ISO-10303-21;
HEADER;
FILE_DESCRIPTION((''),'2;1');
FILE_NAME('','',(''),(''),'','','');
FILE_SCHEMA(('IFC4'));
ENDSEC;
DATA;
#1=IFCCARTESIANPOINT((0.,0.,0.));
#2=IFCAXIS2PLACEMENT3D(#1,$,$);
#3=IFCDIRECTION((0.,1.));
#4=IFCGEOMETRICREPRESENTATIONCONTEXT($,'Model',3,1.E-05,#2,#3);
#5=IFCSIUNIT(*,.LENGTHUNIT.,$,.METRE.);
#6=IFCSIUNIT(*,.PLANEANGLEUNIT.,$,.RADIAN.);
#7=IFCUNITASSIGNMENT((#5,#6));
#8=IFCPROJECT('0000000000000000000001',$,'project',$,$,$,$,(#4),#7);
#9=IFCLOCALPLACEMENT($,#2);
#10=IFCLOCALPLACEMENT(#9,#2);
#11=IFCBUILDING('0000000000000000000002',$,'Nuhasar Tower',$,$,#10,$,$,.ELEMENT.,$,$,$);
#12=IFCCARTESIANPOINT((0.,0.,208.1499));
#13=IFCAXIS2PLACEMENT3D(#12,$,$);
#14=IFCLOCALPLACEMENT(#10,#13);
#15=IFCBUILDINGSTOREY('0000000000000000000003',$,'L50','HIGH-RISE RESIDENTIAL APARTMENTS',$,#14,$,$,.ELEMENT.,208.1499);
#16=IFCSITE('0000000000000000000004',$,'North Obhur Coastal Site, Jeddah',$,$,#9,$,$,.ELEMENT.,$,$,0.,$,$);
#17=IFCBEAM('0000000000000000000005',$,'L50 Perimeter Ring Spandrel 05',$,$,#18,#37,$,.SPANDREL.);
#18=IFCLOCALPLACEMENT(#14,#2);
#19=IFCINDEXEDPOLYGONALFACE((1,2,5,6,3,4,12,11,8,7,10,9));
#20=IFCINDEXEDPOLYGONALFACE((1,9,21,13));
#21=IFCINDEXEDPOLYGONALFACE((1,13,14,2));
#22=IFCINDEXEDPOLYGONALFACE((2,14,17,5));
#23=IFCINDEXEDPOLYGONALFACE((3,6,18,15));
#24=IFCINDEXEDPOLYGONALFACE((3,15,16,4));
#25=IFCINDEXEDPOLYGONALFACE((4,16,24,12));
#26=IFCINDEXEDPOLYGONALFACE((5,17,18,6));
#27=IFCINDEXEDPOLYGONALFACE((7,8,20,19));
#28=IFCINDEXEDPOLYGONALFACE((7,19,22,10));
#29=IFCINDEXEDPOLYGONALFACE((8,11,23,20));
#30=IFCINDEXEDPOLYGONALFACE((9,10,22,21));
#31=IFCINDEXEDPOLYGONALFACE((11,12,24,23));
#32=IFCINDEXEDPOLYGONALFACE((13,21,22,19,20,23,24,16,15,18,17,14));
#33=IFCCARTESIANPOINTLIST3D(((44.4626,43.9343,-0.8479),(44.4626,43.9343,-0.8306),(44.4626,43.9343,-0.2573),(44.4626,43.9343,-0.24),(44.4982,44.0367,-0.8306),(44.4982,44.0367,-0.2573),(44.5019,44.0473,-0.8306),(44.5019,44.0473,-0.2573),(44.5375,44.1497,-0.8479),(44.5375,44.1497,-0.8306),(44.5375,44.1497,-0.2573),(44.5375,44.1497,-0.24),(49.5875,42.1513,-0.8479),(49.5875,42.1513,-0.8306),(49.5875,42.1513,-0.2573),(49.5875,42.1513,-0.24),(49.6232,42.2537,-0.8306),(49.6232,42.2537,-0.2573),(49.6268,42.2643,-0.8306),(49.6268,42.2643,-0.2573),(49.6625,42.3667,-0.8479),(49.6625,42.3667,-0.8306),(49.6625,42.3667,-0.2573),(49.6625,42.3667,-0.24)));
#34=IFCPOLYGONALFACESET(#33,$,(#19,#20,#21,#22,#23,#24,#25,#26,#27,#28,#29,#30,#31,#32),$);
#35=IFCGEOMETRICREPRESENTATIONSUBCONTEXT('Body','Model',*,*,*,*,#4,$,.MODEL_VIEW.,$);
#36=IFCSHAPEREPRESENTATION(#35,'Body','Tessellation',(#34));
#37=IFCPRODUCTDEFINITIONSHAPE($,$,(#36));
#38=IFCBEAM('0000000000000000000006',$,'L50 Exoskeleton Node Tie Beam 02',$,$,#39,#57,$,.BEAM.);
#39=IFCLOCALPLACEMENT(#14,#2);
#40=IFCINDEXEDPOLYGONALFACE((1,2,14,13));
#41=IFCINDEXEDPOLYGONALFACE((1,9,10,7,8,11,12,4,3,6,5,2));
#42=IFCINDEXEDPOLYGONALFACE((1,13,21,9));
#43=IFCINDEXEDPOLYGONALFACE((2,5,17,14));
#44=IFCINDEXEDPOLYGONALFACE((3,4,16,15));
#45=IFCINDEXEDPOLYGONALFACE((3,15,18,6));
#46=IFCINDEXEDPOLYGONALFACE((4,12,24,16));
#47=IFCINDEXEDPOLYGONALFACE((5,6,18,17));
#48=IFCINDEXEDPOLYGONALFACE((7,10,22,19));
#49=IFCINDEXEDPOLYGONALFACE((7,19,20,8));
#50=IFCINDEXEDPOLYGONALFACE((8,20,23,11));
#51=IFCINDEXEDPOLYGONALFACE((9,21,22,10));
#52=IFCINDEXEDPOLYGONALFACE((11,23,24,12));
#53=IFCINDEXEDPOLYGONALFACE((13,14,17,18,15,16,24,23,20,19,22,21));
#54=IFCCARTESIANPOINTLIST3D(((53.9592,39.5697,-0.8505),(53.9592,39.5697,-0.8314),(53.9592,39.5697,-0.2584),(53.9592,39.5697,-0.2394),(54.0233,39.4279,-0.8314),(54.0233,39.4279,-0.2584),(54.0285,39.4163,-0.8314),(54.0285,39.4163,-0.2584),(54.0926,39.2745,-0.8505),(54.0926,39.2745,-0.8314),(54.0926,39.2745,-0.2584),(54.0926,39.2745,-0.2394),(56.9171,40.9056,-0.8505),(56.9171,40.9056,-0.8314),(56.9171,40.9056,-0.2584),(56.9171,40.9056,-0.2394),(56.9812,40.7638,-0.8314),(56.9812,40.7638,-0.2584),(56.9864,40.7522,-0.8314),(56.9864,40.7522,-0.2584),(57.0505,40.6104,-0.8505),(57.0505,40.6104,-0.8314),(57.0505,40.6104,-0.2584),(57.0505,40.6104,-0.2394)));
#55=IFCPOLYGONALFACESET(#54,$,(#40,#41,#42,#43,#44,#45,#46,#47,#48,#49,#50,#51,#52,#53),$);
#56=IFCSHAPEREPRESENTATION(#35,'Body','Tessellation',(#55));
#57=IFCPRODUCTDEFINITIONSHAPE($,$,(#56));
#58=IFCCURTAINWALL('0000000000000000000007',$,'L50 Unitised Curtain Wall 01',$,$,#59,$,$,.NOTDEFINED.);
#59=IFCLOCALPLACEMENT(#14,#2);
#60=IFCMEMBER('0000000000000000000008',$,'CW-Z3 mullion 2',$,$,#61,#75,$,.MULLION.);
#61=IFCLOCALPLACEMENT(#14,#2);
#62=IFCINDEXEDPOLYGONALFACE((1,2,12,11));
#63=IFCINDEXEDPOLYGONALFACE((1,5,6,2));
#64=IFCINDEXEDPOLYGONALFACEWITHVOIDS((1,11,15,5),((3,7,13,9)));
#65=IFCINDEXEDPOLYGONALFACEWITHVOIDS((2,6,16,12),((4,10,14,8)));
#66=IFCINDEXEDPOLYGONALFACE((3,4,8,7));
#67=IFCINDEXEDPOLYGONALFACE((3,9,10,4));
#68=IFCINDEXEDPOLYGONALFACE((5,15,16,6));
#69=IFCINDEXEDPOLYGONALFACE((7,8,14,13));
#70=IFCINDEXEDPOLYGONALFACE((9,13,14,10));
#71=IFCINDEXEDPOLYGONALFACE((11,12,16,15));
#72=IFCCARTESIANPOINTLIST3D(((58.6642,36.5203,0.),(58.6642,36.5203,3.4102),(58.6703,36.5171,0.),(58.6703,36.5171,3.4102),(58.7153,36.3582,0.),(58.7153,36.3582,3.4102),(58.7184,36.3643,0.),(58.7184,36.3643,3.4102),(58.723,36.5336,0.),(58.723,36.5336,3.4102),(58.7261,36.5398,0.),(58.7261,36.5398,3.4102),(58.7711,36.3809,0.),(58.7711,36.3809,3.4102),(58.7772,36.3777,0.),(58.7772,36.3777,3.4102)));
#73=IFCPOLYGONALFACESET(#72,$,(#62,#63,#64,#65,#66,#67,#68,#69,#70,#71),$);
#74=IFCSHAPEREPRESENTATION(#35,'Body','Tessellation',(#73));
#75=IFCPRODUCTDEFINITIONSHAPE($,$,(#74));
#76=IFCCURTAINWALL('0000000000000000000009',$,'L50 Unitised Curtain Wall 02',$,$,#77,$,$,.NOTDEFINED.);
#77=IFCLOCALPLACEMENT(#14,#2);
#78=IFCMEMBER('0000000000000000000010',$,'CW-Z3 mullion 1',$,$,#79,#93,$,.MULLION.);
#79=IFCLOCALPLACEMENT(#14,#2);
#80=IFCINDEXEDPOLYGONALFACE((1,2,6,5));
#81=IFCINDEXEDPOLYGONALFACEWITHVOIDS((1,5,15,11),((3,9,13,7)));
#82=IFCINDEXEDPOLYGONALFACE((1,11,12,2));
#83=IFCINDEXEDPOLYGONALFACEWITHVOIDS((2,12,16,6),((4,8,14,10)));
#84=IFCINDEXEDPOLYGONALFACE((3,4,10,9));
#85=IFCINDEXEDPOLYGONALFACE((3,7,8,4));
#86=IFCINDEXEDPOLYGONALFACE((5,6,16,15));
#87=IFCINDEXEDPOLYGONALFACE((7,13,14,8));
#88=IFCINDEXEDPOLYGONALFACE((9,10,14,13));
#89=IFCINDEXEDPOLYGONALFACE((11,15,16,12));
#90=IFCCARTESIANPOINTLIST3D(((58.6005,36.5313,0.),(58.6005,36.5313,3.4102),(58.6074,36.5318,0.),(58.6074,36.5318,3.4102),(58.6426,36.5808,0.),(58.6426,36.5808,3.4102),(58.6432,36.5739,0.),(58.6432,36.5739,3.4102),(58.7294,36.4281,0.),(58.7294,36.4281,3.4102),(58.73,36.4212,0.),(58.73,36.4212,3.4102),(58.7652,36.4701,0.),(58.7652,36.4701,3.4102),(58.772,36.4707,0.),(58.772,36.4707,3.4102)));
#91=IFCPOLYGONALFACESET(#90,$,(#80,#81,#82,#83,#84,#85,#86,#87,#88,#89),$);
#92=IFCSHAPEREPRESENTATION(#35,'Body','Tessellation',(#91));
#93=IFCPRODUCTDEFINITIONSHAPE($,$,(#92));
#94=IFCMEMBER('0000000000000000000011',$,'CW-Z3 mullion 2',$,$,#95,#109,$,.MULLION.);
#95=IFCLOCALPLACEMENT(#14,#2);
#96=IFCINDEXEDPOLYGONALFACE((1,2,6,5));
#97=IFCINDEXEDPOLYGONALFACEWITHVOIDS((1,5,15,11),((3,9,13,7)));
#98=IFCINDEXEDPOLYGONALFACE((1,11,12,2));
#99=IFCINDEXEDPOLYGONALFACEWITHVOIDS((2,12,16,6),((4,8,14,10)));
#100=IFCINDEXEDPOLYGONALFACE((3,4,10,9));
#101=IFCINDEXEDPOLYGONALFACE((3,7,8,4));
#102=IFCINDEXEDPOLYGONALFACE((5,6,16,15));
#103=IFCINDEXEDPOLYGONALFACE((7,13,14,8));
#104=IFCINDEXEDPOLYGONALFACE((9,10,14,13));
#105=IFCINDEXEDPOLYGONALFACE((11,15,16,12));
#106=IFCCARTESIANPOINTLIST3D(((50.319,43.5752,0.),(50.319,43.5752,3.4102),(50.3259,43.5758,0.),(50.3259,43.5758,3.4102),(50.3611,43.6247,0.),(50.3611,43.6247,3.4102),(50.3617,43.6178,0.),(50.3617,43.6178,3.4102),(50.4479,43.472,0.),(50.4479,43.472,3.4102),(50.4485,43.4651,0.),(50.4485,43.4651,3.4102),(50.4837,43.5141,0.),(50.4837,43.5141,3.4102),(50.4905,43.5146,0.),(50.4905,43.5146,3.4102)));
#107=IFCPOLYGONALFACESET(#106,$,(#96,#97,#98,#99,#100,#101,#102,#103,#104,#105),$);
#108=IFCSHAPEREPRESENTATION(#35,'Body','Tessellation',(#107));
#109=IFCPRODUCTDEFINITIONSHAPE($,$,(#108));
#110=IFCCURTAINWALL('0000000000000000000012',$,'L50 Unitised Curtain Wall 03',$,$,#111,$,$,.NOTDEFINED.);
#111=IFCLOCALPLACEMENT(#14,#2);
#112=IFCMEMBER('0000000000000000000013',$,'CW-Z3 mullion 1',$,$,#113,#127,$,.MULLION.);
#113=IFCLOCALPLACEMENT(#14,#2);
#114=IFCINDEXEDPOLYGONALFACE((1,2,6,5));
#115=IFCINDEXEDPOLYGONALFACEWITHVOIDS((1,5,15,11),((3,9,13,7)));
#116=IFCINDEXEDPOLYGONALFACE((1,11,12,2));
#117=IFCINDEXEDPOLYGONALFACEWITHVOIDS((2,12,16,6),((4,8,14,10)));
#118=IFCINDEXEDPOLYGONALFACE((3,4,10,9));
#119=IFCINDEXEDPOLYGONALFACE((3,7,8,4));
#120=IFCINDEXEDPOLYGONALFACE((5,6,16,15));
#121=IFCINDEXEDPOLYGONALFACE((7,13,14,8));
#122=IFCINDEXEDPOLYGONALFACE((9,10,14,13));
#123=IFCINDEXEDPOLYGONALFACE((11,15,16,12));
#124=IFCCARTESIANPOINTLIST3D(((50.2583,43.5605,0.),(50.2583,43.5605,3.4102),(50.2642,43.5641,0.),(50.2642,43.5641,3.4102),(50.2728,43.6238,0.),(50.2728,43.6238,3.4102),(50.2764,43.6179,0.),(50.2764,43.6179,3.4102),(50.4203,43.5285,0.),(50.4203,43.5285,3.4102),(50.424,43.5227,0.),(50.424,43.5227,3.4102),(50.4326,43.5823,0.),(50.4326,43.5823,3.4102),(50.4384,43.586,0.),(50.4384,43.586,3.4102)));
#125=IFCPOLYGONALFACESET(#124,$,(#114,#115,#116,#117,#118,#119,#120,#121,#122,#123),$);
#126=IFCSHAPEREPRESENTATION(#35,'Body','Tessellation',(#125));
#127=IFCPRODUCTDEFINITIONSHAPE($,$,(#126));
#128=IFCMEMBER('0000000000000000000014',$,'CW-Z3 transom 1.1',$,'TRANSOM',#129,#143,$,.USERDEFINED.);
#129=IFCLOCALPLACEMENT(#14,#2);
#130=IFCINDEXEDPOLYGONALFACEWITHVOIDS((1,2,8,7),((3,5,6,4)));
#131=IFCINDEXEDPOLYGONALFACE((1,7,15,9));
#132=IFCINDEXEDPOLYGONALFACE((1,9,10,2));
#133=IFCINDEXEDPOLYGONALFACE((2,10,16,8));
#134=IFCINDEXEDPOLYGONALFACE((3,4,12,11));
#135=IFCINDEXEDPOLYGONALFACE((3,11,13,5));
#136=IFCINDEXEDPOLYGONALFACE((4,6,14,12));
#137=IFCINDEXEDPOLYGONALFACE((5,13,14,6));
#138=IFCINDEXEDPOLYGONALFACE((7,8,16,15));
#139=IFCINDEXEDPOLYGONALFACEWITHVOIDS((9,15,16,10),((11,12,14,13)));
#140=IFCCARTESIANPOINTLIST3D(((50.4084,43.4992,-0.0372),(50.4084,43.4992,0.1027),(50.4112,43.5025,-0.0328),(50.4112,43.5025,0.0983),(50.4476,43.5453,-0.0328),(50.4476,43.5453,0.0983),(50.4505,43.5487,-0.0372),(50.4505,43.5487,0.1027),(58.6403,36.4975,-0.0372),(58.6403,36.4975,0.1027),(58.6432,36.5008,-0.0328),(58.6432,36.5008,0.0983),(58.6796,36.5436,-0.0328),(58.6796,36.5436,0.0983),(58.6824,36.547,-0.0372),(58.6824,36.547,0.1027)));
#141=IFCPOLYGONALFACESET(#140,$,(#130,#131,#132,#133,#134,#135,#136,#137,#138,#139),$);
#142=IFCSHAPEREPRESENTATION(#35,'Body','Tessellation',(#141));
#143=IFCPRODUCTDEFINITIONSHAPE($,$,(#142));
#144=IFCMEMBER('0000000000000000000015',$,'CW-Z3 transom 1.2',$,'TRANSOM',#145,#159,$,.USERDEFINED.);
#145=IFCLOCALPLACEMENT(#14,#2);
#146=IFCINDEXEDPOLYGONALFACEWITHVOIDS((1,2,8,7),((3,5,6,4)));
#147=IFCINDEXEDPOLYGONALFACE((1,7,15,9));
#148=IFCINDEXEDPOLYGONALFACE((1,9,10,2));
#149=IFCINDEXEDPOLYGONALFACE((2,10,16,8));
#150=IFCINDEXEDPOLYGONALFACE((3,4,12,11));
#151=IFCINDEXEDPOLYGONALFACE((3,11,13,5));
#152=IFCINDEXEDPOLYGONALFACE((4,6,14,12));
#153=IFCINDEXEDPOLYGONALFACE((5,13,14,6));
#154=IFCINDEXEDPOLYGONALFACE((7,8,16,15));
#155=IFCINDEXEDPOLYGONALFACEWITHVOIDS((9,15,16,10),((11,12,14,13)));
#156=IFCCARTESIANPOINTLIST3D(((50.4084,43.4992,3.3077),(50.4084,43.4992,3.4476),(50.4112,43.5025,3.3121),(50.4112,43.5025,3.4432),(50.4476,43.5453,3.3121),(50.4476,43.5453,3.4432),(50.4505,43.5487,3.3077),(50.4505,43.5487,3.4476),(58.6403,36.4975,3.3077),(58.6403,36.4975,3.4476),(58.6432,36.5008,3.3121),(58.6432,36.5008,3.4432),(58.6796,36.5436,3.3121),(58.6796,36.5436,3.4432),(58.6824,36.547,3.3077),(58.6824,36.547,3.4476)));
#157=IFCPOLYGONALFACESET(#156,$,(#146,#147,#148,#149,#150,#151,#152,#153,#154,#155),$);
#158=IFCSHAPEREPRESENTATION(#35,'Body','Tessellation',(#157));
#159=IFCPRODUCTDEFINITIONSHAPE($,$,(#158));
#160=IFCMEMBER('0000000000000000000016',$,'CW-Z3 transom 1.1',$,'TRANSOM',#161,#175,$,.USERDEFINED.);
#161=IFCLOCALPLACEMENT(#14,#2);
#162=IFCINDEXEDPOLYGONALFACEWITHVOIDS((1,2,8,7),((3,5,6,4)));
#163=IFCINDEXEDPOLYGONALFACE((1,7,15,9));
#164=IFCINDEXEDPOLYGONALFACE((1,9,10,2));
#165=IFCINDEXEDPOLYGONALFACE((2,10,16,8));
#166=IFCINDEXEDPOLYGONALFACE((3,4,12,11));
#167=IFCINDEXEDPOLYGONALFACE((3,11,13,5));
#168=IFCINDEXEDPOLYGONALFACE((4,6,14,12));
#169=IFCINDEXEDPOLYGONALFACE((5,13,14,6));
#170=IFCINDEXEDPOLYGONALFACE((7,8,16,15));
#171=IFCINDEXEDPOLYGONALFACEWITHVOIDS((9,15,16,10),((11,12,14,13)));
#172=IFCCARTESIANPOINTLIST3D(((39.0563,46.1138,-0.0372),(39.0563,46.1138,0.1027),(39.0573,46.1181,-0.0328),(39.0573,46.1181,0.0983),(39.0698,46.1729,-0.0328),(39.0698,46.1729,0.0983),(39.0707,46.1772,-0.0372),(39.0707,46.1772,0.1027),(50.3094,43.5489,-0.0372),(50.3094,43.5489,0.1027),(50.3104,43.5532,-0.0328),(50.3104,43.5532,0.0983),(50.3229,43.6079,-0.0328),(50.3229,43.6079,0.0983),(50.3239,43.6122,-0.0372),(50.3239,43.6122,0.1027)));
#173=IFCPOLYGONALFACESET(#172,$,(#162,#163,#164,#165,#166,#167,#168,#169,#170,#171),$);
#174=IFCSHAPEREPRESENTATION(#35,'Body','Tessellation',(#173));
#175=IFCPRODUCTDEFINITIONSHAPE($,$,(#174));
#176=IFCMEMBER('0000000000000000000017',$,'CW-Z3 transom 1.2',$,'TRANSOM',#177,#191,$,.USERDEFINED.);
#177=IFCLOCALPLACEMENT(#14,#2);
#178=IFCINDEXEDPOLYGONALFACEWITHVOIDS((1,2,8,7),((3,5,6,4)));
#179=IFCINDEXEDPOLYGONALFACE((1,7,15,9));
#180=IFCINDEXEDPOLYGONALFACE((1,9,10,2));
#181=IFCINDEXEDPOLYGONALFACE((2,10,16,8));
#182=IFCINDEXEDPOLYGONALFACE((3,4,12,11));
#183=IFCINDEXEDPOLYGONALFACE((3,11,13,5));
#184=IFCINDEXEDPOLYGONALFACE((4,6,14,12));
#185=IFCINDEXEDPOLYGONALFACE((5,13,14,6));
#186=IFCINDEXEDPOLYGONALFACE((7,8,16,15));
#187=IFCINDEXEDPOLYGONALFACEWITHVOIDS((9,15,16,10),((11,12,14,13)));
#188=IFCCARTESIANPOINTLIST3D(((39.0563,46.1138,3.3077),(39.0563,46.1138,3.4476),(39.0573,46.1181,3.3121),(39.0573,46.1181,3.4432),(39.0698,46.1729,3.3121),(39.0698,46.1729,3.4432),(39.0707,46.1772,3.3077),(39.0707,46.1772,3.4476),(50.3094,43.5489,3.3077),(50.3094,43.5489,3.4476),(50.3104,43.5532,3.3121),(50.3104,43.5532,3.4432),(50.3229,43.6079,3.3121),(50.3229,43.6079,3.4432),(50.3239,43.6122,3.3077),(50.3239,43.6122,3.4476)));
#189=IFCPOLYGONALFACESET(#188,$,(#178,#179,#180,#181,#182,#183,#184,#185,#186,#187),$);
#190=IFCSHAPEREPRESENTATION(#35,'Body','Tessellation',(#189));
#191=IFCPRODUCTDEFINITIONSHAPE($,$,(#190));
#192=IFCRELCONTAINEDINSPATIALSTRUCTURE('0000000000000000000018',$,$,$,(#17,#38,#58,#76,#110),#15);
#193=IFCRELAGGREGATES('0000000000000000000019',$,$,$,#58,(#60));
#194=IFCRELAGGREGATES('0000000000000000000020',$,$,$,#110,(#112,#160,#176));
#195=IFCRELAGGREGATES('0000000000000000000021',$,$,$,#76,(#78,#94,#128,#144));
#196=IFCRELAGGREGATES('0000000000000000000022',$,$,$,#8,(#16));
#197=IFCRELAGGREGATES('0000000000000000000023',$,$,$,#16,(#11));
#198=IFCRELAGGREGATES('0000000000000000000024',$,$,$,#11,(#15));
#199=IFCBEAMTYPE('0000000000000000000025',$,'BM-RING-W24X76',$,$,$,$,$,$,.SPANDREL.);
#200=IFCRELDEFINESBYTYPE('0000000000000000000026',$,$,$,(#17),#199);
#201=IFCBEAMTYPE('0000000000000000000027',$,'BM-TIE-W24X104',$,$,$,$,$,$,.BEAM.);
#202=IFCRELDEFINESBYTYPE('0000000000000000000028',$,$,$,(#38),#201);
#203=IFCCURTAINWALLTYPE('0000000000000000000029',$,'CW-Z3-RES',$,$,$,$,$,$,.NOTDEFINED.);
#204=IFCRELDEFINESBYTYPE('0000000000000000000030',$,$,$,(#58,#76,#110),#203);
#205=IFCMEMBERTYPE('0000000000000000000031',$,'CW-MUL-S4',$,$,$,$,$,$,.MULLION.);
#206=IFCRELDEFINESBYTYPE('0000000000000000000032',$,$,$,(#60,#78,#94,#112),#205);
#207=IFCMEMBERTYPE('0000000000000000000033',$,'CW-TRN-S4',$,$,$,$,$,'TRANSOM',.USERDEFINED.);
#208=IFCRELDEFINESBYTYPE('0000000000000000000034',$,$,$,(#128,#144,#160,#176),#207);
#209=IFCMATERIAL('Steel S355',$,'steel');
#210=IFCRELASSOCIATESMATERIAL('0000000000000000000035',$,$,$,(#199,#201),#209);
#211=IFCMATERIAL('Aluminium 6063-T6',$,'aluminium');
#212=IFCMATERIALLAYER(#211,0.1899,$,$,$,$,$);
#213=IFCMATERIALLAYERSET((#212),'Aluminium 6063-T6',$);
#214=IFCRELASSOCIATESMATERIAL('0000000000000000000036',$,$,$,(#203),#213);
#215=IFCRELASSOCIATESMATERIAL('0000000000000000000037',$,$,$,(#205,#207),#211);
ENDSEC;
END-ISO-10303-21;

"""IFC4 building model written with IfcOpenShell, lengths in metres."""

from ifc_helpers import new_model, si_unit, direction, frame, origin, origin_2d, place, context, subcontext, project, spatial, hollow_rectangle, i_section, extrude, material, layer, layer_set, material_profile, profile_set, type_object, element, aggregate, save


model = new_model("IFC4")

# Units and contexts
model_context = context("Model", 3, precision=1e-05, world=origin(), true_north=direction((0.0, 1.0)))
body_context = subcontext(model_context, "Body", "Model", "MODEL_VIEW")
ifc_project = project(units=[si_unit("LENGTHUNIT", "METRE"), si_unit("PLANEANGLEUNIT", "RADIAN")], contexts=[model_context])

# Site, building, storey
site_placement = place(None, origin())
site = spatial("IfcSite", under=ifc_project, at=site_placement, Name="North Obhur Coastal Site, Jeddah", CompositionType="ELEMENT", RefElevation=0.0)
building_placement = place(site_placement, origin())
building = spatial("IfcBuilding", under=site, at=building_placement, Name="Nuhasar Tower", CompositionType="ELEMENT")
storey_placement = place(building_placement, frame((0.0, 0.0, 208.1499)))
storey = spatial("IfcBuildingStorey", under=building, at=storey_placement, Name="L50", Description="HIGH-RISE RESIDENTIAL APARTMENTS", CompositionType="ELEMENT", Elevation=208.1499)

# Beams
ifc_material_1 = material(Name="Steel S355", Category="steel")
ifc_material_profile_1 = material_profile(ifc_material_1, i_section(OverallWidth=0.228, OverallDepth=0.6079, WebThickness=0.0112, FlangeThickness=0.0173, at=origin_2d()), Name="W24X76")
ifc_profile_set_1 = profile_set([ifc_material_profile_1], Name="Steel S355")
beam_type_1 = type_object("IfcBeamType", Name="BM-RING-W24X76", PredefinedType="SPANDREL", material=ifc_profile_set_1)
beam_1_placement = place(storey_placement, frame((49.625, 42.259, -0.5439), z_axis=(-0.944477, 0.328578, 0.0), x_axis=(-0.328578, -0.944477, 0.0)))
element("IfcBeam", 1, at=beam_1_placement, inside=storey, type_object=beam_type_1, Name="L50 Perimeter Ring Spandrel 05", PredefinedType="SPANDREL", context=body_context, shape_type="SweptSolid", body=[
    extrude(i_section(OverallWidth=0.228, OverallDepth=0.6079, WebThickness=0.0112, FlangeThickness=0.0173, at=origin_2d()), origin(), (0.0, 0.0, 1.0), 5.4263),
])
ifc_material_profile_2 = material_profile(ifc_material_1, i_section(OverallWidth=0.324, OverallDepth=0.6111, WebThickness=0.0127, FlangeThickness=0.019, at=origin_2d()), Name="W24X104")
ifc_profile_set_2 = profile_set([ifc_material_profile_2], Name="Steel S355")
beam_type_2 = type_object("IfcBeamType", Name="BM-TIE-W24X104", PredefinedType="BEAM", material=ifc_profile_set_2)
beam_2_placement = place(storey_placement, frame((54.0259, 39.4221, -0.5449), z_axis=(0.911363, 0.411603, 0.0), x_axis=(-0.411603, 0.911363, 0.0)))
element("IfcBeam", 2, at=beam_2_placement, inside=storey, type_object=beam_type_2, Name="L50 Exoskeleton Node Tie Beam 02", PredefinedType="BEAM", context=body_context, shape_type="SweptSolid", body=[
    extrude(i_section(OverallWidth=0.324, OverallDepth=0.6111, WebThickness=0.0127, FlangeThickness=0.019, at=origin_2d()), origin(), (0.0, 0.0, 1.0), 3.2456),
])

# Curtain wall, member
ifc_material_2 = material(Name="Aluminium 6063-T6", Category="aluminium")
ifc_layer_1 = layer(ifc_material_2, 0.1899)
ifc_layer_set_1 = layer_set([ifc_layer_1], Name="Aluminium 6063-T6")
curtain_wall_type = type_object("IfcCurtainWallType", Name="CW-Z3-RES", PredefinedType="NOTDEFINED", material=ifc_layer_set_1)
curtain_wall_1_placement = place(storey_placement, origin())
curtain_wall_1 = element("IfcCurtainWall", 3, at=curtain_wall_1_placement, inside=storey, type_object=curtain_wall_type, Name="L50 Unitised Curtain Wall 01", PredefinedType="NOTDEFINED")
ifc_material_profile_3 = material_profile(ifc_material_2, hollow_rectangle(XDim=0.0649, YDim=0.1699, WallThickness=0.0049, at=origin_2d()), Name="CWM-4")
ifc_profile_set_3 = profile_set([ifc_material_profile_3], Name="Aluminium 6063-T6")
member_type_1 = type_object("IfcMemberType", Name="CW-MUL-S4", PredefinedType="MULLION", material=ifc_profile_set_3)
member_1_placement = place(storey_placement, frame((58.7207, 36.449, 0.0), z_axis=(0.0, 0.0, 1.0), x_axis=(-0.953804, -0.300429, 0.0)))
member_1 = element("IfcMember", 4, at=member_1_placement, type_object=member_type_1, Name="CW-Z3 mullion 2", PredefinedType="MULLION", context=body_context, shape_type="SweptSolid", body=[
    extrude(hollow_rectangle(XDim=0.0649, YDim=0.1699, WallThickness=0.0049, at=origin_2d()), origin(), (0.0, 0.0, 1.0), 3.4102),
])
aggregate(curtain_wall_1, [member_1])

# Curtain wall, members
curtain_wall_2_placement = place(storey_placement, origin())
curtain_wall_2 = element("IfcCurtainWall", 5, at=curtain_wall_2_placement, inside=storey, type_object=curtain_wall_type, Name="L50 Unitised Curtain Wall 02", PredefinedType="NOTDEFINED")
member_2_placement = place(storey_placement, frame((58.6863, 36.501, 0.0), z_axis=(0.0, 0.0, 1.0), x_axis=(-0.647895, -0.761729, 0.0)))
member_2 = element("IfcMember", 6, at=member_2_placement, type_object=member_type_1, Name="CW-Z3 mullion 1", PredefinedType="MULLION", context=body_context, shape_type="SweptSolid", body=[
    extrude(hollow_rectangle(XDim=0.0649, YDim=0.1699, WallThickness=0.0049, at=origin_2d()), origin(), (0.0, 0.0, 1.0), 3.4102),
])
member_3_placement = place(storey_placement, frame((50.4048, 43.5449, 0.0), z_axis=(0.0, 0.0, 1.0), x_axis=(-0.647895, -0.761729, 0.0)))
member_3 = element("IfcMember", 7, at=member_3_placement, type_object=member_type_1, Name="CW-Z3 mullion 2", PredefinedType="MULLION", context=body_context, shape_type="SweptSolid", body=[
    extrude(hollow_rectangle(XDim=0.0649, YDim=0.1699, WallThickness=0.0049, at=origin_2d()), origin(), (0.0, 0.0, 1.0), 3.4102),
])

# Curtain wall, member
curtain_wall_3_placement = place(storey_placement, origin())
curtain_wall_3 = element("IfcCurtainWall", 8, at=curtain_wall_3_placement, inside=storey, type_object=curtain_wall_type, Name="L50 Unitised Curtain Wall 03", PredefinedType="NOTDEFINED")
member_4_placement = place(storey_placement, frame((50.3484, 43.5732, 0.0), z_axis=(0.0, 0.0, 1.0), x_axis=(-0.222243, -0.974991, 0.0)))
member_4 = element("IfcMember", 9, at=member_4_placement, type_object=member_type_1, Name="CW-Z3 mullion 1", PredefinedType="MULLION", context=body_context, shape_type="SweptSolid", body=[
    extrude(hollow_rectangle(XDim=0.0649, YDim=0.1699, WallThickness=0.0049, at=origin_2d()), origin(), (0.0, 0.0, 1.0), 3.4102),
])

# Members
ifc_material_profile_4 = material_profile(ifc_material_2, hollow_rectangle(XDim=0.0649, YDim=0.1399, WallThickness=0.0044, at=origin_2d()), Name="CWT-4")
ifc_profile_set_4 = profile_set([ifc_material_profile_4], Name="Aluminium 6063-T6")
member_type_2 = type_object("IfcMemberType", Name="CW-TRN-S4", ElementType="TRANSOM", PredefinedType="USERDEFINED", material=ifc_profile_set_4)
member_5_placement = place(storey_placement, frame((58.6614, 36.5222, 0.0327), z_axis=(-0.761731, 0.647894, 0.0), x_axis=(-0.647894, -0.761731, 0.0)))
member_5 = element("IfcMember", 10, at=member_5_placement, type_object=member_type_2, Name="CW-Z3 transom 1.1", ObjectType="TRANSOM", PredefinedType="USERDEFINED", context=body_context, shape_type="SweptSolid", body=[
    extrude(hollow_rectangle(XDim=0.0649, YDim=0.1399, WallThickness=0.0044, at=origin_2d()), origin(), (0.0, 0.0, 1.0), 10.8069),
])
member_6_placement = place(storey_placement, frame((58.6614, 36.5222, 3.3777), z_axis=(-0.761731, 0.647894, 0.0), x_axis=(-0.647894, -0.761731, 0.0)))
member_6 = element("IfcMember", 11, at=member_6_placement, type_object=member_type_2, Name="CW-Z3 transom 1.2", ObjectType="TRANSOM", PredefinedType="USERDEFINED", context=body_context, shape_type="SweptSolid", body=[
    extrude(hollow_rectangle(XDim=0.0649, YDim=0.1399, WallThickness=0.0044, at=origin_2d()), origin(), (0.0, 0.0, 1.0), 10.8069),
])
member_7_placement = place(storey_placement, frame((50.3167, 43.5806, 0.0327), z_axis=(-0.974994, 0.222231, 0.0), x_axis=(-0.222231, -0.974994, 0.0)))
member_7 = element("IfcMember", 12, at=member_7_placement, type_object=member_type_2, Name="CW-Z3 transom 1.1", ObjectType="TRANSOM", PredefinedType="USERDEFINED", context=body_context, shape_type="SweptSolid", body=[
    extrude(hollow_rectangle(XDim=0.0649, YDim=0.1399, WallThickness=0.0044, at=origin_2d()), origin(), (0.0, 0.0, 1.0), 11.5417),
])
member_8_placement = place(storey_placement, frame((50.3167, 43.5806, 3.3777), z_axis=(-0.974994, 0.222231, 0.0), x_axis=(-0.222231, -0.974994, 0.0)))
member_8 = element("IfcMember", 13, at=member_8_placement, type_object=member_type_2, Name="CW-Z3 transom 1.2", ObjectType="TRANSOM", PredefinedType="USERDEFINED", context=body_context, shape_type="SweptSolid", body=[
    extrude(hollow_rectangle(XDim=0.0649, YDim=0.1399, WallThickness=0.0044, at=origin_2d()), origin(), (0.0, 0.0, 1.0), 11.5417),
])
aggregate(curtain_wall_3, [member_4, member_7, member_8])

aggregate(curtain_wall_2, [member_2, member_3, member_5, member_6])

save(model, "model.ifc")
